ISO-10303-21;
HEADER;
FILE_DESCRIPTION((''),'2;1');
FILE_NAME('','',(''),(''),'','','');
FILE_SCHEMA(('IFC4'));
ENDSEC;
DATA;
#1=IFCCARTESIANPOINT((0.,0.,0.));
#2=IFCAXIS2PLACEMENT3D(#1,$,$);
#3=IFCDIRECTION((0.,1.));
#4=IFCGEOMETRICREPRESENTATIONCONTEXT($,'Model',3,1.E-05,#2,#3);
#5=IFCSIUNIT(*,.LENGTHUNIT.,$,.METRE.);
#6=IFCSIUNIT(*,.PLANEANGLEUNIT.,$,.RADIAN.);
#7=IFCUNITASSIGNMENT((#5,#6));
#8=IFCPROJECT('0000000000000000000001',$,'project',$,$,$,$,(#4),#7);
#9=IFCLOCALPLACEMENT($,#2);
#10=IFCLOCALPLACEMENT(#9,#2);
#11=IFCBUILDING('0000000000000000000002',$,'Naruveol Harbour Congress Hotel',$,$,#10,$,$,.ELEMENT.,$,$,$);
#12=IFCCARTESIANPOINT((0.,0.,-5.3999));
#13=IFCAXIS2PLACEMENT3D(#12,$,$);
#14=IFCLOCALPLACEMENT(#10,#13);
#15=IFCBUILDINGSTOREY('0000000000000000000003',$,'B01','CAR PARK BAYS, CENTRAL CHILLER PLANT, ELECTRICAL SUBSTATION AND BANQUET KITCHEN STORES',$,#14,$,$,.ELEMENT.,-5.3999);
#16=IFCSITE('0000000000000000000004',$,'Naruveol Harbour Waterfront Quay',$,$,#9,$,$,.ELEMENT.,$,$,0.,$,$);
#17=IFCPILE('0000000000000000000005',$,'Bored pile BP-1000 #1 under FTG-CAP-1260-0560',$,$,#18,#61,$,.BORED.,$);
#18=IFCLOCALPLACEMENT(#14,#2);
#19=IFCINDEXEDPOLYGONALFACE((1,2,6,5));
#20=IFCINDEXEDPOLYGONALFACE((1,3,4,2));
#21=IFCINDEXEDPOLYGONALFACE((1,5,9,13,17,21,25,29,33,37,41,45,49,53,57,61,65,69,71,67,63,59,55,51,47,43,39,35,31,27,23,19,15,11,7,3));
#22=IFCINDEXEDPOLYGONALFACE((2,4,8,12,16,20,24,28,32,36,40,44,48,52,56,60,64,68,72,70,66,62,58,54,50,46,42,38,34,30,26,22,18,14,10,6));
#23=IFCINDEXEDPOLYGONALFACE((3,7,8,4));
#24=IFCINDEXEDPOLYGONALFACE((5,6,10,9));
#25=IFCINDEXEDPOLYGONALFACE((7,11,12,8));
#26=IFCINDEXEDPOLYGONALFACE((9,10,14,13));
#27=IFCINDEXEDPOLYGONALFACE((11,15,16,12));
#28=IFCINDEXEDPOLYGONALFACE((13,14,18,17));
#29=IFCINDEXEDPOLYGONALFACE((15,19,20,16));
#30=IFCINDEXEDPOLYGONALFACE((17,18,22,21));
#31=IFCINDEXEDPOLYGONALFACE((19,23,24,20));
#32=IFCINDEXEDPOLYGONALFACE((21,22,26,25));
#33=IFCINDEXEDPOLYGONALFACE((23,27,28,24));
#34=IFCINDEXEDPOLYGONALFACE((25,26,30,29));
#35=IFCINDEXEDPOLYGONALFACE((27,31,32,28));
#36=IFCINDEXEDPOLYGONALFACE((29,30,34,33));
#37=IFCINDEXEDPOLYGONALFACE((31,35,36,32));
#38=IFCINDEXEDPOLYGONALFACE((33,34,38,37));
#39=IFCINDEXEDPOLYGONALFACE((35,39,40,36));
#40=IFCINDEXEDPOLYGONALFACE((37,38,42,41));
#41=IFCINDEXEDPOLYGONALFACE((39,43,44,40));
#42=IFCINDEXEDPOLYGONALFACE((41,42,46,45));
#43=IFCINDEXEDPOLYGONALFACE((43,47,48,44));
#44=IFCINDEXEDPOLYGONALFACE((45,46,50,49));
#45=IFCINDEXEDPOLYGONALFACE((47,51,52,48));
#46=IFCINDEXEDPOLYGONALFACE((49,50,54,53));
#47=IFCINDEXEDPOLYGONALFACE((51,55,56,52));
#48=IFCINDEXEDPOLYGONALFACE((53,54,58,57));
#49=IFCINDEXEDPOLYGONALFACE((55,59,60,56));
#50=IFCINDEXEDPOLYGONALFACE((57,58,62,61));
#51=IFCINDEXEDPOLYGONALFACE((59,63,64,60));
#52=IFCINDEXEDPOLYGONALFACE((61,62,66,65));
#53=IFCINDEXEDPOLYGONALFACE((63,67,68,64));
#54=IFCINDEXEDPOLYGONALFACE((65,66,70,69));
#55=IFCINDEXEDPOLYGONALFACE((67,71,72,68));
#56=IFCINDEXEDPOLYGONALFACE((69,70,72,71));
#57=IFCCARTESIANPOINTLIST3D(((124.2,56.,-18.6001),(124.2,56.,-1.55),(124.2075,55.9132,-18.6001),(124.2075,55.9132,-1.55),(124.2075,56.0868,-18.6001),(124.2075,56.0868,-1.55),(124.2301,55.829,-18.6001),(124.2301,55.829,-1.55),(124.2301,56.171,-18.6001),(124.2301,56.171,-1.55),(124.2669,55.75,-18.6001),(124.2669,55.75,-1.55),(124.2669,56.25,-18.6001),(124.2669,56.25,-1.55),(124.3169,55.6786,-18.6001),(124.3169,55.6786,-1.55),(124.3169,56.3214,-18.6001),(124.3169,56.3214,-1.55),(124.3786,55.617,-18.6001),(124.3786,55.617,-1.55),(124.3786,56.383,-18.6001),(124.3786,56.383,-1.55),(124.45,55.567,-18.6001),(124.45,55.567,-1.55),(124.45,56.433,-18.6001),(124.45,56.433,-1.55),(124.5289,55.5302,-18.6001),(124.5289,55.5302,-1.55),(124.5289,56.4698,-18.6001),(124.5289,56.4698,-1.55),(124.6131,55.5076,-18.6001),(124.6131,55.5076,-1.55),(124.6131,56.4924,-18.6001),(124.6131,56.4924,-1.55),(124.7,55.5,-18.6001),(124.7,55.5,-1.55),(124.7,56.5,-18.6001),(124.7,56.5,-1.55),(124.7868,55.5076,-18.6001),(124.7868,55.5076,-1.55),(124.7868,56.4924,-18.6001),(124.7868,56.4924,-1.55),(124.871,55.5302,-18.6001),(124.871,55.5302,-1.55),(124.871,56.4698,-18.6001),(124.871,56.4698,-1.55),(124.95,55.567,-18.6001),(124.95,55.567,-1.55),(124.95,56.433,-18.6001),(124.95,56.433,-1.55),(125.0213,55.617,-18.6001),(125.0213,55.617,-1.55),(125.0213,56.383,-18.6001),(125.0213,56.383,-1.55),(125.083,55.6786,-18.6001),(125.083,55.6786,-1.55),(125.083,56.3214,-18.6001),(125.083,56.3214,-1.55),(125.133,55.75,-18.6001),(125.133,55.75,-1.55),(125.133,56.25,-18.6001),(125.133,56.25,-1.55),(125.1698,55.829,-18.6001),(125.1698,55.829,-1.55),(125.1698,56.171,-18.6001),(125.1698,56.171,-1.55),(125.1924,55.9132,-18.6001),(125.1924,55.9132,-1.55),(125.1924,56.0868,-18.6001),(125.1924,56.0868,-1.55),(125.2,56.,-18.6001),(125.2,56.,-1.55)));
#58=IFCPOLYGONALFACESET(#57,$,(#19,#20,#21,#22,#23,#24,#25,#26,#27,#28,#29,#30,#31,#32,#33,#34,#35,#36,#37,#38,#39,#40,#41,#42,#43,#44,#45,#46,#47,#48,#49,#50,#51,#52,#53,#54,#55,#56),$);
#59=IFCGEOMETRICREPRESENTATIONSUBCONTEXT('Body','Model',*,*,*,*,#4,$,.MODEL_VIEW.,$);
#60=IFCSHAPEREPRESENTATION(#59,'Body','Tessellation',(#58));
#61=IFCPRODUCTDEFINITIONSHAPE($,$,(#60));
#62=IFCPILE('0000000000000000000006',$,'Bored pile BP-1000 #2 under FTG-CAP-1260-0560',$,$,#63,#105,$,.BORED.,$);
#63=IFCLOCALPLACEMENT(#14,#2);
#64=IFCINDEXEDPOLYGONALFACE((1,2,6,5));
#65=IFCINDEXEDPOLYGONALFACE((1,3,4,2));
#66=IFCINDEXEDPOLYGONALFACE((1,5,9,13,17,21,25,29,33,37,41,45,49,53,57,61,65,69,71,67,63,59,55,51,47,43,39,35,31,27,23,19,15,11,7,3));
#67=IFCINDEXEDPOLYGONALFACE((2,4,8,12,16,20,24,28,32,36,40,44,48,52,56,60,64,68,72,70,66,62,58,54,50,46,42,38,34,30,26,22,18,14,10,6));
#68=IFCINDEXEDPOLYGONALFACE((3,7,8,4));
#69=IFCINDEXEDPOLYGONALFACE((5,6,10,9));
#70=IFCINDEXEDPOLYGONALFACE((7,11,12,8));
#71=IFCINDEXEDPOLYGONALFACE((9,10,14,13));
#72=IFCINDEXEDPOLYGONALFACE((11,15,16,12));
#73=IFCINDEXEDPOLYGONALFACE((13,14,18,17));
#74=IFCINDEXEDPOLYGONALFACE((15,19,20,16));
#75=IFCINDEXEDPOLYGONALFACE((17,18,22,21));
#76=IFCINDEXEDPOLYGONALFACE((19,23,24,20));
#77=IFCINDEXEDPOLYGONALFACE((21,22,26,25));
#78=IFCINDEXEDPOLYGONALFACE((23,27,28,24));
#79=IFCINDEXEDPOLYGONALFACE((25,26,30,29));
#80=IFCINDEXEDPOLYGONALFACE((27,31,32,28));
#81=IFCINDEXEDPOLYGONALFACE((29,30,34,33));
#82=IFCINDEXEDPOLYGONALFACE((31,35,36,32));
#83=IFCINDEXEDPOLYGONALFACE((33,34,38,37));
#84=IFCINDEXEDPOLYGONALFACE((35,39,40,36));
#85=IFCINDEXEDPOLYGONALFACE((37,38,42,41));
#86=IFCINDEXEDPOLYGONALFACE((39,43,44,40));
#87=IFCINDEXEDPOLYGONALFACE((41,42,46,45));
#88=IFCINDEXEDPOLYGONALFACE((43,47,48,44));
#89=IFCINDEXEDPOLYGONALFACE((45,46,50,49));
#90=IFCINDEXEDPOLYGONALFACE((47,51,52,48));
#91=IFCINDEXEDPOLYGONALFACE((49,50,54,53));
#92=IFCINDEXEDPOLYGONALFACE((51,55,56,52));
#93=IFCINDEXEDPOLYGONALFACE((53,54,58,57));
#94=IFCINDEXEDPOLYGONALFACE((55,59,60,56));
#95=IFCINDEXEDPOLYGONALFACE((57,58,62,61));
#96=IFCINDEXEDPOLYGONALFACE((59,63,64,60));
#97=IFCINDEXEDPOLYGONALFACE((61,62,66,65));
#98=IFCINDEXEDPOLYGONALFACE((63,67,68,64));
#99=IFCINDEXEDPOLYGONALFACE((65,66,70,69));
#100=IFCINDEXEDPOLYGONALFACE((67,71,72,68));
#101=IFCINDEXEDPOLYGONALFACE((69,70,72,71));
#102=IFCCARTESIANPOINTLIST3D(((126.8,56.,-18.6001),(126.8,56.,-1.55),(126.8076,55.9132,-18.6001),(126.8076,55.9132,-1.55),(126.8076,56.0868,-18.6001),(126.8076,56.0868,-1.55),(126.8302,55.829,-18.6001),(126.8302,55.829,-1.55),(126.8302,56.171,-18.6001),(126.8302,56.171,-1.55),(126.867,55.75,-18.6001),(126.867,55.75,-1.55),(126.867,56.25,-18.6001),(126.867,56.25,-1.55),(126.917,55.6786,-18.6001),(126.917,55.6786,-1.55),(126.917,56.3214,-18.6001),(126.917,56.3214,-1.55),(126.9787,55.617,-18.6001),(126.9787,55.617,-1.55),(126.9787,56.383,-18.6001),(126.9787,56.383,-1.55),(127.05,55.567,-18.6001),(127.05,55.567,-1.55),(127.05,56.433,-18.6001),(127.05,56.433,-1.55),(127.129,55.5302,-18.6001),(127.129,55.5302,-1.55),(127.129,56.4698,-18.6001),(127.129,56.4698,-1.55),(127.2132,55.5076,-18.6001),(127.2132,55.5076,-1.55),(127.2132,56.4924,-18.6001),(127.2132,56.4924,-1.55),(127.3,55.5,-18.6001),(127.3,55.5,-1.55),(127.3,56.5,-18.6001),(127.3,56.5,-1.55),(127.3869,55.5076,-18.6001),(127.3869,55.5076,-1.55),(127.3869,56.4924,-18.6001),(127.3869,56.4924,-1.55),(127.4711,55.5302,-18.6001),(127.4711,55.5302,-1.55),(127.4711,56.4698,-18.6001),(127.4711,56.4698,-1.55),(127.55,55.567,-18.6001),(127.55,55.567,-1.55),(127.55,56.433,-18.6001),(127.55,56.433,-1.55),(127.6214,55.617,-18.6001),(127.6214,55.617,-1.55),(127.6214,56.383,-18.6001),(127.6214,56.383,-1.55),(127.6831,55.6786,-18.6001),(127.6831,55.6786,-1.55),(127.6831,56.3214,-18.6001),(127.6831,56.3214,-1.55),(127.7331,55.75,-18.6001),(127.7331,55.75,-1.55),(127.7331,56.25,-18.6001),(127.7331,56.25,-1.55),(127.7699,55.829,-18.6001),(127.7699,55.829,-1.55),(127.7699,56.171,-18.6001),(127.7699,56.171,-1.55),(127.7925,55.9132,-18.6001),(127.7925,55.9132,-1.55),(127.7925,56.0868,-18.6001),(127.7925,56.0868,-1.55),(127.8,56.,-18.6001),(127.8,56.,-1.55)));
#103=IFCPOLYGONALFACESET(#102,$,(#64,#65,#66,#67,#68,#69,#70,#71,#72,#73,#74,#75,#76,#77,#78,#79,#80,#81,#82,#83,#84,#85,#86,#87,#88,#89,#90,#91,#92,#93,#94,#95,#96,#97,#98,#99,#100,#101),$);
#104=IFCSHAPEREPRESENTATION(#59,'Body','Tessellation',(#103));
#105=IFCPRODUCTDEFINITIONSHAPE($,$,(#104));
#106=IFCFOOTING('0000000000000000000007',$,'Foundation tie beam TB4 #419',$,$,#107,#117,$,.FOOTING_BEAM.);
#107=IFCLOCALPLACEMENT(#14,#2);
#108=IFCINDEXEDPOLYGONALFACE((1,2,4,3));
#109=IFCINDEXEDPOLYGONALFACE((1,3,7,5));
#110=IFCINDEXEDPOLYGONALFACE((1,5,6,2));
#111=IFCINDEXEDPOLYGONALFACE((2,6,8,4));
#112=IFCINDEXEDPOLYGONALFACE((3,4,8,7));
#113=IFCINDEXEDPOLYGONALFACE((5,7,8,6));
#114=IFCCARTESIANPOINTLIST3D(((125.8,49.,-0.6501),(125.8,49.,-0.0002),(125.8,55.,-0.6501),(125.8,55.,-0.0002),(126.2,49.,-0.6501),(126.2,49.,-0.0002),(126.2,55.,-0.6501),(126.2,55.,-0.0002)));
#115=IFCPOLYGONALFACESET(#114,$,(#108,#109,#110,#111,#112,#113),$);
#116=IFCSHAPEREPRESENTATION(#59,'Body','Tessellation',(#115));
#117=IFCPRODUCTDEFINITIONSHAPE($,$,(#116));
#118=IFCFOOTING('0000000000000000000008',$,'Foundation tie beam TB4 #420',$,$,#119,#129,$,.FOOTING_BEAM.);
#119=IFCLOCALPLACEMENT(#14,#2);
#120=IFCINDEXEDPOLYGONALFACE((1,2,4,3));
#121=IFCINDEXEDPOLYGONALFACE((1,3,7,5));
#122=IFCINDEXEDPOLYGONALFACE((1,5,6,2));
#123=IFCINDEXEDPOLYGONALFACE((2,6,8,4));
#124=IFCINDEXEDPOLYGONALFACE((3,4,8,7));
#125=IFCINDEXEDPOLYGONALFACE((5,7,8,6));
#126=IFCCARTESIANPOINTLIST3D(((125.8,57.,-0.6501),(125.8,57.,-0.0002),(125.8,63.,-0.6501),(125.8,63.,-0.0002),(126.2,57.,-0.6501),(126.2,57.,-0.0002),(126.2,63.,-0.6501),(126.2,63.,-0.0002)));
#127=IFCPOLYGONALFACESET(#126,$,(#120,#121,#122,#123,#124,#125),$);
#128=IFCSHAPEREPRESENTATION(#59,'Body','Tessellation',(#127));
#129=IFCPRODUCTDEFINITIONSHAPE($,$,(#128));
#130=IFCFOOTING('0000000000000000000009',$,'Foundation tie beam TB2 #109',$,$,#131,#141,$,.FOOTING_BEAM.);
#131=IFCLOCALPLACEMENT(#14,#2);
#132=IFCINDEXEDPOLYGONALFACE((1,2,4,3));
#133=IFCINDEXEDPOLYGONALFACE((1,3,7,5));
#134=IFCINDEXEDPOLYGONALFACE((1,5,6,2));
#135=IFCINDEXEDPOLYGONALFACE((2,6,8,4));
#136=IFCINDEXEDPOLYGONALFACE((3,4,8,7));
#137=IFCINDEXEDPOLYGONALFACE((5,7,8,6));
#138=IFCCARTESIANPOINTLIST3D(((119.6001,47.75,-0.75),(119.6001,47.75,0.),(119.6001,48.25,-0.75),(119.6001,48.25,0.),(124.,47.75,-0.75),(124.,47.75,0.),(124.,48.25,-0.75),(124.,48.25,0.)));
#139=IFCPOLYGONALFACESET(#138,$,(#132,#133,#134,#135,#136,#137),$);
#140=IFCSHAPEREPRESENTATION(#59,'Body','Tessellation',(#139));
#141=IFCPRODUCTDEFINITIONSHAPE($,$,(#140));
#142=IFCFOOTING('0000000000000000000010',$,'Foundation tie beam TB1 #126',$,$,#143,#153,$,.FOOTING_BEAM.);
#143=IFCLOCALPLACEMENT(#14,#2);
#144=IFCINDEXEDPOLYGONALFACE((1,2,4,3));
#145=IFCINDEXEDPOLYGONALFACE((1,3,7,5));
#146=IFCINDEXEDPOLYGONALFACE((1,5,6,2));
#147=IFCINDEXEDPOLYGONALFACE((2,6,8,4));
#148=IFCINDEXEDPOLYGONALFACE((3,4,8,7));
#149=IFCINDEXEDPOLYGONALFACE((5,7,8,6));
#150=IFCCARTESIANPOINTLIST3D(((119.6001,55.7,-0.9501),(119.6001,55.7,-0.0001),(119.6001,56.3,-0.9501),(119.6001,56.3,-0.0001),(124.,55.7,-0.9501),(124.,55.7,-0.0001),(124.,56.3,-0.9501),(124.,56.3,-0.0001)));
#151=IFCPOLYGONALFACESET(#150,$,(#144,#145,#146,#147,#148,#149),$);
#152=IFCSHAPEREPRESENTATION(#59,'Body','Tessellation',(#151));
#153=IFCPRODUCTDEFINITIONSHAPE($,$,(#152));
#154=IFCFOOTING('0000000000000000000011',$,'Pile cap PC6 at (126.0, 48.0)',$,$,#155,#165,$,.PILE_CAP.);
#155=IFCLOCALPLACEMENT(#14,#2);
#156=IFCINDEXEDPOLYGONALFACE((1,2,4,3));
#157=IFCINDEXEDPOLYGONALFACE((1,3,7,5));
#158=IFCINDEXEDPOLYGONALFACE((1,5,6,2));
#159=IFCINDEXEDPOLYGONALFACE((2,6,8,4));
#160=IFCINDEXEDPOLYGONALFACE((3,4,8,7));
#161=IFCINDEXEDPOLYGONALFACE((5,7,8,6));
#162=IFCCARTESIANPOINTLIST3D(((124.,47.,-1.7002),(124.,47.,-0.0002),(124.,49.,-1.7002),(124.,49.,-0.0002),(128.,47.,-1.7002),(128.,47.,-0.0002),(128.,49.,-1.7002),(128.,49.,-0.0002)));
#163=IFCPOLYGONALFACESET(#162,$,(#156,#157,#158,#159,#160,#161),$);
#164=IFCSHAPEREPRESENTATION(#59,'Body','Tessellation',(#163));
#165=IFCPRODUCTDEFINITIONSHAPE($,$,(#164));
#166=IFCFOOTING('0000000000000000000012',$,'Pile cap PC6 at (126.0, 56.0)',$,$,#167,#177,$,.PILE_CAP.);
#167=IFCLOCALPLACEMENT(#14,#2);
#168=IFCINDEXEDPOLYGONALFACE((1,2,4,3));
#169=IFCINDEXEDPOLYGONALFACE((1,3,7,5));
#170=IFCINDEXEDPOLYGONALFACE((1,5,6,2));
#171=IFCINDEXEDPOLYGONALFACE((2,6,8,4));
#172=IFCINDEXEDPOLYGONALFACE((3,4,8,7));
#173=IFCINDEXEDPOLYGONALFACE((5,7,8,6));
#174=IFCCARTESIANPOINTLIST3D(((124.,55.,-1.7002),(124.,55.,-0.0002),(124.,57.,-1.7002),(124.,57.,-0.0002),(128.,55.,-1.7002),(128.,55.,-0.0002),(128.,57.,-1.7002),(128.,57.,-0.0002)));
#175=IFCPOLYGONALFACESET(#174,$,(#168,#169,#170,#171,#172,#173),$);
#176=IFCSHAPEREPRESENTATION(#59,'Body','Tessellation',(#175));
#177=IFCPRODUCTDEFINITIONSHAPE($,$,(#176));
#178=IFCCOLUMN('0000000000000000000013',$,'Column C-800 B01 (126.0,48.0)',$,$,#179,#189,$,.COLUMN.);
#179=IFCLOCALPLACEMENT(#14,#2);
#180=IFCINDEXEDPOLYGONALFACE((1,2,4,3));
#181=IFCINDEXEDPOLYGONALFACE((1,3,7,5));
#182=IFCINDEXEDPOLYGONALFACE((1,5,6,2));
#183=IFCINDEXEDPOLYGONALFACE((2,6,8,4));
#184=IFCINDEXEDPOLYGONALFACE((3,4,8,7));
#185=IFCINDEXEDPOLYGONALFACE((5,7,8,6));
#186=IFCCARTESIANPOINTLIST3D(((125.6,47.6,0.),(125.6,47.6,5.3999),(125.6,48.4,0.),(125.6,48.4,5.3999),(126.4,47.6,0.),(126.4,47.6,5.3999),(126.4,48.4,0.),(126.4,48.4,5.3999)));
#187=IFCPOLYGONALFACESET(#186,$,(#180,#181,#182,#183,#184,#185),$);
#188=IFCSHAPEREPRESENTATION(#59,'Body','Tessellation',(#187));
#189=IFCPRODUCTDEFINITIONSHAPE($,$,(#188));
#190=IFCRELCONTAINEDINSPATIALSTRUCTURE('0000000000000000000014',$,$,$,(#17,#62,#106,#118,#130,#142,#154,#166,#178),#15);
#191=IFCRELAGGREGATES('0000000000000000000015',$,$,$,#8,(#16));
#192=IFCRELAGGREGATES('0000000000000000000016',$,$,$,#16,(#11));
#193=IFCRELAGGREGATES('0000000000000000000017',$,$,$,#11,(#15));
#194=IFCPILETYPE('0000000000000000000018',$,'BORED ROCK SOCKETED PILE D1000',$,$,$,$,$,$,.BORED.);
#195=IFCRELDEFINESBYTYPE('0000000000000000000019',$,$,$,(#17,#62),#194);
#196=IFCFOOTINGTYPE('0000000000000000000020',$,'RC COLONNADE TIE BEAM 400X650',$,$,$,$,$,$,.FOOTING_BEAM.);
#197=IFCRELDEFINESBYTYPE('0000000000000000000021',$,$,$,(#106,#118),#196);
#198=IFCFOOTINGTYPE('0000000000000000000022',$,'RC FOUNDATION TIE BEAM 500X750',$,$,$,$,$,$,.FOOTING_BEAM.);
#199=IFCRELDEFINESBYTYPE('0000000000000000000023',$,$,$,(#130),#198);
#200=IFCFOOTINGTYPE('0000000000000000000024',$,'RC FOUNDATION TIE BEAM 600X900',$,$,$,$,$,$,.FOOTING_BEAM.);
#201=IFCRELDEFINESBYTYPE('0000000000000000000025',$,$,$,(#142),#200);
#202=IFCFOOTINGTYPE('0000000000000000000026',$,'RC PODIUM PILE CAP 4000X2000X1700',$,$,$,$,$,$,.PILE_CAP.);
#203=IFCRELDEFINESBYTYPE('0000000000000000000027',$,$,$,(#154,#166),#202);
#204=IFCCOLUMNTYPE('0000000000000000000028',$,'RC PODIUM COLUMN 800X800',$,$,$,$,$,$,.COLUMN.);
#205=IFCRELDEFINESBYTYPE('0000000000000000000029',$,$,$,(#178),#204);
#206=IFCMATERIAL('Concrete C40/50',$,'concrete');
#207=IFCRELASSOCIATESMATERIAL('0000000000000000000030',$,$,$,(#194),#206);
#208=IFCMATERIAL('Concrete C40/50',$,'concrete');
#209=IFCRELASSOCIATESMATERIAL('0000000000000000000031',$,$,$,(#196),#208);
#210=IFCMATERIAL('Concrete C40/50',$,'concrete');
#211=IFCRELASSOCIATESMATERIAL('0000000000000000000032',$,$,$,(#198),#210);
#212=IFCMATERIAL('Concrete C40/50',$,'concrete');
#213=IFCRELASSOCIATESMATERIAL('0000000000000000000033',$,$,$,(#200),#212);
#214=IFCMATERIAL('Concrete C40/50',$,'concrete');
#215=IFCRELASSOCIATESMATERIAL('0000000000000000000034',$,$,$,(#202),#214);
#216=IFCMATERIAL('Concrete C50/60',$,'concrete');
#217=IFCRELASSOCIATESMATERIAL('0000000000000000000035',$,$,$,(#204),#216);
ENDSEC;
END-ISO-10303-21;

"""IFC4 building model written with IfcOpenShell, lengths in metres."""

from ifc_helpers import new_model, si_unit, direction, frame, origin, origin_2d, place, context, subcontext, project, spatial, rectangle, circle, extrude, material, material_profile, profile_set, type_object, element, save


model = new_model("IFC4")

# Units and contexts
model_context = context("Model", 3, precision=1e-05, world=origin(), true_north=direction((0.0, 1.0)))
body_context = subcontext(model_context, "Body", "Model", "MODEL_VIEW")
ifc_project = project(units=[si_unit("LENGTHUNIT", "METRE"), si_unit("PLANEANGLEUNIT", "RADIAN")], contexts=[model_context])

# Site, building, storey
site_placement = place(None, origin())
site = spatial("IfcSite", under=ifc_project, at=site_placement, Name="Naruveol Harbour Waterfront Quay", CompositionType="ELEMENT", RefElevation=0.0)
building_placement = place(site_placement, origin())
building = spatial("IfcBuilding", under=site, at=building_placement, Name="Naruveol Harbour Congress Hotel", CompositionType="ELEMENT")
storey_placement = place(building_placement, frame((0.0, 0.0, -5.3999)))
storey = spatial("IfcBuildingStorey", under=building, at=storey_placement, Name="B01", Description="CAR PARK BAYS, CENTRAL CHILLER PLANT, ELECTRICAL SUBSTATION AND BANQUET KITCHEN STORES", CompositionType="ELEMENT", Elevation=-5.3999)

# Piles
ifc_material_1 = material(Name="Concrete C40/50", Category="concrete")
ifc_material_profile_1 = material_profile(ifc_material_1, circle(Radius=0.5, at=origin_2d()), Name="BP-1000")
ifc_profile_set_1 = profile_set([ifc_material_profile_1], Name="Concrete C40/50")
pile_type = type_object("IfcPileType", Name="BORED ROCK SOCKETED PILE D1000", PredefinedType="BORED", material=ifc_profile_set_1)
for number, where, z_axis, x_axis, name in (
    (1, (124.7, 56.0, -1.55), (0.0, 0.0, -1.0), (1.0, 0.0, 0.0), "Bored pile BP-1000 #1 under FTG-CAP-1260-0560"),
    (2, (127.3, 56.0, -1.55), (0.0, 0.0, -1.0), (1.0, 0.0, 0.0), "Bored pile BP-1000 #2 under FTG-CAP-1260-0560"),
):
    element("IfcPile", number, at=place(storey_placement, frame(where, z_axis=z_axis, x_axis=x_axis)), inside=storey, type_object=pile_type, Name=name, PredefinedType="BORED", context=body_context, shape_type="SweptSolid", body=[
        extrude(circle(Radius=0.5, at=origin_2d()), origin(), (0.0, 0.0, 1.0), 17.05),
    ])

# Footings
ifc_material_2 = material(Name="Concrete C40/50", Category="concrete")
ifc_material_profile_2 = material_profile(ifc_material_2, rectangle(XDim=0.3999, YDim=0.6499, at=origin_2d()), Name="RCB-400x650")
ifc_profile_set_2 = profile_set([ifc_material_profile_2], Name="Concrete C40/50")
footing_type_1 = type_object("IfcFootingType", Name="RC COLONNADE TIE BEAM 400X650", PredefinedType="FOOTING_BEAM", material=ifc_profile_set_2)
for number, where, z_axis, x_axis, name in (
    (3, (126.0, 49.0, -0.3252), (0.0, 1.0, 0.0), (-1.0, 0.0, 0.0), "Foundation tie beam TB4 #419"),
    (4, (126.0, 57.0, -0.3252), (0.0, 1.0, 0.0), (-1.0, 0.0, 0.0), "Foundation tie beam TB4 #420"),
):
    element("IfcFooting", number, at=place(storey_placement, frame(where, z_axis=z_axis, x_axis=x_axis)), inside=storey, type_object=footing_type_1, Name=name, PredefinedType="FOOTING_BEAM", context=body_context, shape_type="SweptSolid", body=[
        extrude(rectangle(XDim=0.3999, YDim=0.6499, at=origin_2d()), origin(), (0.0, 0.0, 1.0), 6.0),
    ])
ifc_material_3 = material(Name="Concrete C40/50", Category="concrete")
ifc_material_profile_3 = material_profile(ifc_material_3, rectangle(XDim=0.5, YDim=0.75, at=origin_2d()), Name="RCB-500x750")
ifc_profile_set_3 = profile_set([ifc_material_profile_3], Name="Concrete C40/50")
footing_type_2 = type_object("IfcFootingType", Name="RC FOUNDATION TIE BEAM 500X750", PredefinedType="FOOTING_BEAM", material=ifc_profile_set_3)
footing_1_placement = place(storey_placement, frame((119.6001, 48.0, -0.375), z_axis=(1.0, 0.0, 0.0), x_axis=(0.0, 1.0, 0.0)))
element("IfcFooting", 5, at=footing_1_placement, inside=storey, type_object=footing_type_2, Name="Foundation tie beam TB2 #109", PredefinedType="FOOTING_BEAM", context=body_context, shape_type="SweptSolid", body=[
    extrude(rectangle(XDim=0.5, YDim=0.75, at=origin_2d()), origin(), (0.0, 0.0, 1.0), 4.3999),
])
ifc_material_4 = material(Name="Concrete C40/50", Category="concrete")
ifc_material_profile_4 = material_profile(ifc_material_4, rectangle(XDim=0.6001, YDim=0.95, at=origin_2d()), Name="RCB-600x950")
ifc_profile_set_4 = profile_set([ifc_material_profile_4], Name="Concrete C40/50")
footing_type_3 = type_object("IfcFootingType", Name="RC FOUNDATION TIE BEAM 600X900", PredefinedType="FOOTING_BEAM", material=ifc_profile_set_4)
footing_2_placement = place(storey_placement, frame((119.6001, 56.0, -0.4751), z_axis=(1.0, 0.0, 0.0), x_axis=(0.0, 1.0, 0.0)))
element("IfcFooting", 6, at=footing_2_placement, inside=storey, type_object=footing_type_3, Name="Foundation tie beam TB1 #126", PredefinedType="FOOTING_BEAM", context=body_context, shape_type="SweptSolid", body=[
    extrude(rectangle(XDim=0.6001, YDim=0.95, at=origin_2d()), origin(), (0.0, 0.0, 1.0), 4.3999),
])
ifc_material_5 = material(Name="Concrete C40/50", Category="concrete")
footing_type_4 = type_object("IfcFootingType", Name="RC PODIUM PILE CAP 4000X2000X1700", PredefinedType="PILE_CAP", material=ifc_material_5)
for number, where, z_axis, x_axis, name in (
    (7, (126.0, 48.0, -1.7002), (0.0, 0.0, 1.0), (1.0, 0.0, 0.0), "Pile cap PC6 at (126.0, 48.0)"),
    (8, (126.0, 56.0, -1.7002), (0.0, 0.0, 1.0), (1.0, 0.0, 0.0), "Pile cap PC6 at (126.0, 56.0)"),
):
    element("IfcFooting", number, at=place(storey_placement, frame(where, z_axis=z_axis, x_axis=x_axis)), inside=storey, type_object=footing_type_4, Name=name, PredefinedType="PILE_CAP", context=body_context, shape_type="SweptSolid", body=[
        extrude(rectangle(XDim=4.0, YDim=2.0, at=origin_2d()), origin(), (0.0, 0.0, 1.0), 1.7),
    ])

# Column
ifc_material_6 = material(Name="Concrete C50/60", Category="concrete")
ifc_material_profile_5 = material_profile(ifc_material_6, rectangle(XDim=0.8, YDim=0.8, at=origin_2d()), Name="RC-800x800")
ifc_profile_set_5 = profile_set([ifc_material_profile_5], Name="Concrete C50/60")
column_type_1 = type_object("IfcColumnType", Name="RC PODIUM COLUMN 800X800", PredefinedType="COLUMN", material=ifc_profile_set_5)
for number, where, z_axis, x_axis, name in (
    (9, (126.0, 48.0, 0.0), (0.0, 0.0, 1.0), (1.0, 0.0, 0.0), "Column C-800 B01 (126.0,48.0)"),
):
    element("IfcColumn", number, at=place(storey_placement, frame(where, z_axis=z_axis, x_axis=x_axis)), inside=storey, type_object=column_type_1, Name=name, PredefinedType="COLUMN", context=body_context, shape_type="SweptSolid", body=[
        extrude(rectangle(XDim=0.8, YDim=0.8, at=origin_2d()), origin(), (0.0, 0.0, 1.0), 5.3999),
    ])

save(model, "model.ifc")
